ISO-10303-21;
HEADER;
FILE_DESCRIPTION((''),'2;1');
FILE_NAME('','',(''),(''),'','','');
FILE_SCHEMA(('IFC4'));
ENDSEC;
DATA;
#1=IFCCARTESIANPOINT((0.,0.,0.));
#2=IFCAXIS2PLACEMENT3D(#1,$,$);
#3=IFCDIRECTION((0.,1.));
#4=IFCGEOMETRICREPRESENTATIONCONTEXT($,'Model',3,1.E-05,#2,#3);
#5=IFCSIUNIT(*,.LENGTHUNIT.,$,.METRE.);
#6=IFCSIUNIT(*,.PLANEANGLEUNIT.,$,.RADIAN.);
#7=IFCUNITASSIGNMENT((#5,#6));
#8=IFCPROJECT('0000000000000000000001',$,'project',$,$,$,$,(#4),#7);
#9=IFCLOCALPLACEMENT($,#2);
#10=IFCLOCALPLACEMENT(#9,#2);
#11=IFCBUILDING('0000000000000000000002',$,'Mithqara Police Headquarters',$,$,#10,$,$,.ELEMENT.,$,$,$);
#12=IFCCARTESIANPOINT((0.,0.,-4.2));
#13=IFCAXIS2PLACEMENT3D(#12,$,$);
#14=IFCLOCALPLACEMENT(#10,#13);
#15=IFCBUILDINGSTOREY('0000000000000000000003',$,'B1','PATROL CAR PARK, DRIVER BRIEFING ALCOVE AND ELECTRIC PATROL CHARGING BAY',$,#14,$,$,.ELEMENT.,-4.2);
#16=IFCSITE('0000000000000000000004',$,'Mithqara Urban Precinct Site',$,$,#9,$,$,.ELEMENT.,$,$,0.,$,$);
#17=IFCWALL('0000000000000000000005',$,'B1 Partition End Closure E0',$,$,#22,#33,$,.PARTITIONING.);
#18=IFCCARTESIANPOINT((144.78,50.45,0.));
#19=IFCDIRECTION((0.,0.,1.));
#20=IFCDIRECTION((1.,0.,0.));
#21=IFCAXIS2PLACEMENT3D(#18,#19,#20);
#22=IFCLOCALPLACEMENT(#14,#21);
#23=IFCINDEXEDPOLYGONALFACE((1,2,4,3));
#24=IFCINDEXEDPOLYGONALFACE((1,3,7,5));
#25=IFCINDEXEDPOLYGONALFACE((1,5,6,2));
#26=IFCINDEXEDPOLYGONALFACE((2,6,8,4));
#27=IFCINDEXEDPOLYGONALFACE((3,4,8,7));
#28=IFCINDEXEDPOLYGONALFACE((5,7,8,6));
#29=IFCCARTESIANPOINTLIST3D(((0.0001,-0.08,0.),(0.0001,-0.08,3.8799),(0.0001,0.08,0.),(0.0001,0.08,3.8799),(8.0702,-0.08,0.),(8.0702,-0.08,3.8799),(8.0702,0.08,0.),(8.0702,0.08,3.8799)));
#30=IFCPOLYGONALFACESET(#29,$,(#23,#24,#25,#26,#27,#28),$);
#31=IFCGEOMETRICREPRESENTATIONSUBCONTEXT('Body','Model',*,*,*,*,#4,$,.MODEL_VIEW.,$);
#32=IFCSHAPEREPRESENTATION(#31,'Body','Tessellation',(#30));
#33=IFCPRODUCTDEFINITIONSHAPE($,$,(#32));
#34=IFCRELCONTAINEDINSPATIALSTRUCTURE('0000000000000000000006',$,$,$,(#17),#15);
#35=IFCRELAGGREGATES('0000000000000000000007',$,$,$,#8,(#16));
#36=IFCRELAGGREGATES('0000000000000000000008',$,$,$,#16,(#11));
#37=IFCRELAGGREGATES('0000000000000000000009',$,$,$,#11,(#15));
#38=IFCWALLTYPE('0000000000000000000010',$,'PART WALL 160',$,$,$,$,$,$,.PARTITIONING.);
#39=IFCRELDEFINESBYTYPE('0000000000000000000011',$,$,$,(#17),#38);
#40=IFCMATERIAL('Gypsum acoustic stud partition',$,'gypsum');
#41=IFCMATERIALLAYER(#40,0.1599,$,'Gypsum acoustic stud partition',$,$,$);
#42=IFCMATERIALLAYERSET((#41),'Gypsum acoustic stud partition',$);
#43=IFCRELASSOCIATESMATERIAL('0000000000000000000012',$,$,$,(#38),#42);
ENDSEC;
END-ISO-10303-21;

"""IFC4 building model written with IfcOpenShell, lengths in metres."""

from ifc_helpers import new_model, si_unit, direction, frame, frame_2d, origin, place, context, subcontext, project, spatial, rectangle, extrude, material, layer, layer_set, type_object, element, save


model = new_model("IFC4")

# Units and contexts
model_context = context("Model", 3, precision=1e-05, world=origin(), true_north=direction((0.0, 1.0)))
body_context = subcontext(model_context, "Body", "Model", "MODEL_VIEW")
ifc_project = project(units=[si_unit("LENGTHUNIT", "METRE"), si_unit("PLANEANGLEUNIT", "RADIAN")], contexts=[model_context])

# Site, building, storey
site_placement = place(None, origin())
site = spatial("IfcSite", under=ifc_project, at=site_placement, Name="Mithqara Urban Precinct Site", CompositionType="ELEMENT", RefElevation=0.0)
building_placement = place(site_placement, origin())
building = spatial("IfcBuilding", under=site, at=building_placement, Name="Mithqara Police Headquarters", CompositionType="ELEMENT")
storey_placement = place(building_placement, frame((0.0, 0.0, -4.2)))
storey = spatial("IfcBuildingStorey", under=building, at=storey_placement, Name="B1", Description="PATROL CAR PARK, DRIVER BRIEFING ALCOVE AND ELECTRIC PATROL CHARGING BAY", CompositionType="ELEMENT", Elevation=-4.2)

# Wall
ifc_material_1 = material(Name="Gypsum acoustic stud partition", Category="gypsum")
ifc_layer_1 = layer(ifc_material_1, 0.1599, Name="Gypsum acoustic stud partition")
ifc_layer_set_1 = layer_set([ifc_layer_1], Name="Gypsum acoustic stud partition")
wall_type_1 = type_object("IfcWallType", Name="PART WALL 160", PredefinedType="PARTITIONING", material=ifc_layer_set_1)
wall_1_placement = place(storey_placement, frame((144.78, 50.45, 0.0), z_axis=(0.0, 0.0, 1.0), x_axis=(1.0, 0.0, 0.0)))
element("IfcWall", 1, at=wall_1_placement, inside=storey, type_object=wall_type_1, Name="B1 Partition End Closure E0", PredefinedType="PARTITIONING", context=body_context, shape_type="SweptSolid", body=[
    extrude(rectangle(XDim=8.0701, YDim=0.1599, at=frame_2d((4.0352, 0.0))), origin(), (0.0, 0.0, 1.0), 3.8799),
])

save(model, "model.ifc")
